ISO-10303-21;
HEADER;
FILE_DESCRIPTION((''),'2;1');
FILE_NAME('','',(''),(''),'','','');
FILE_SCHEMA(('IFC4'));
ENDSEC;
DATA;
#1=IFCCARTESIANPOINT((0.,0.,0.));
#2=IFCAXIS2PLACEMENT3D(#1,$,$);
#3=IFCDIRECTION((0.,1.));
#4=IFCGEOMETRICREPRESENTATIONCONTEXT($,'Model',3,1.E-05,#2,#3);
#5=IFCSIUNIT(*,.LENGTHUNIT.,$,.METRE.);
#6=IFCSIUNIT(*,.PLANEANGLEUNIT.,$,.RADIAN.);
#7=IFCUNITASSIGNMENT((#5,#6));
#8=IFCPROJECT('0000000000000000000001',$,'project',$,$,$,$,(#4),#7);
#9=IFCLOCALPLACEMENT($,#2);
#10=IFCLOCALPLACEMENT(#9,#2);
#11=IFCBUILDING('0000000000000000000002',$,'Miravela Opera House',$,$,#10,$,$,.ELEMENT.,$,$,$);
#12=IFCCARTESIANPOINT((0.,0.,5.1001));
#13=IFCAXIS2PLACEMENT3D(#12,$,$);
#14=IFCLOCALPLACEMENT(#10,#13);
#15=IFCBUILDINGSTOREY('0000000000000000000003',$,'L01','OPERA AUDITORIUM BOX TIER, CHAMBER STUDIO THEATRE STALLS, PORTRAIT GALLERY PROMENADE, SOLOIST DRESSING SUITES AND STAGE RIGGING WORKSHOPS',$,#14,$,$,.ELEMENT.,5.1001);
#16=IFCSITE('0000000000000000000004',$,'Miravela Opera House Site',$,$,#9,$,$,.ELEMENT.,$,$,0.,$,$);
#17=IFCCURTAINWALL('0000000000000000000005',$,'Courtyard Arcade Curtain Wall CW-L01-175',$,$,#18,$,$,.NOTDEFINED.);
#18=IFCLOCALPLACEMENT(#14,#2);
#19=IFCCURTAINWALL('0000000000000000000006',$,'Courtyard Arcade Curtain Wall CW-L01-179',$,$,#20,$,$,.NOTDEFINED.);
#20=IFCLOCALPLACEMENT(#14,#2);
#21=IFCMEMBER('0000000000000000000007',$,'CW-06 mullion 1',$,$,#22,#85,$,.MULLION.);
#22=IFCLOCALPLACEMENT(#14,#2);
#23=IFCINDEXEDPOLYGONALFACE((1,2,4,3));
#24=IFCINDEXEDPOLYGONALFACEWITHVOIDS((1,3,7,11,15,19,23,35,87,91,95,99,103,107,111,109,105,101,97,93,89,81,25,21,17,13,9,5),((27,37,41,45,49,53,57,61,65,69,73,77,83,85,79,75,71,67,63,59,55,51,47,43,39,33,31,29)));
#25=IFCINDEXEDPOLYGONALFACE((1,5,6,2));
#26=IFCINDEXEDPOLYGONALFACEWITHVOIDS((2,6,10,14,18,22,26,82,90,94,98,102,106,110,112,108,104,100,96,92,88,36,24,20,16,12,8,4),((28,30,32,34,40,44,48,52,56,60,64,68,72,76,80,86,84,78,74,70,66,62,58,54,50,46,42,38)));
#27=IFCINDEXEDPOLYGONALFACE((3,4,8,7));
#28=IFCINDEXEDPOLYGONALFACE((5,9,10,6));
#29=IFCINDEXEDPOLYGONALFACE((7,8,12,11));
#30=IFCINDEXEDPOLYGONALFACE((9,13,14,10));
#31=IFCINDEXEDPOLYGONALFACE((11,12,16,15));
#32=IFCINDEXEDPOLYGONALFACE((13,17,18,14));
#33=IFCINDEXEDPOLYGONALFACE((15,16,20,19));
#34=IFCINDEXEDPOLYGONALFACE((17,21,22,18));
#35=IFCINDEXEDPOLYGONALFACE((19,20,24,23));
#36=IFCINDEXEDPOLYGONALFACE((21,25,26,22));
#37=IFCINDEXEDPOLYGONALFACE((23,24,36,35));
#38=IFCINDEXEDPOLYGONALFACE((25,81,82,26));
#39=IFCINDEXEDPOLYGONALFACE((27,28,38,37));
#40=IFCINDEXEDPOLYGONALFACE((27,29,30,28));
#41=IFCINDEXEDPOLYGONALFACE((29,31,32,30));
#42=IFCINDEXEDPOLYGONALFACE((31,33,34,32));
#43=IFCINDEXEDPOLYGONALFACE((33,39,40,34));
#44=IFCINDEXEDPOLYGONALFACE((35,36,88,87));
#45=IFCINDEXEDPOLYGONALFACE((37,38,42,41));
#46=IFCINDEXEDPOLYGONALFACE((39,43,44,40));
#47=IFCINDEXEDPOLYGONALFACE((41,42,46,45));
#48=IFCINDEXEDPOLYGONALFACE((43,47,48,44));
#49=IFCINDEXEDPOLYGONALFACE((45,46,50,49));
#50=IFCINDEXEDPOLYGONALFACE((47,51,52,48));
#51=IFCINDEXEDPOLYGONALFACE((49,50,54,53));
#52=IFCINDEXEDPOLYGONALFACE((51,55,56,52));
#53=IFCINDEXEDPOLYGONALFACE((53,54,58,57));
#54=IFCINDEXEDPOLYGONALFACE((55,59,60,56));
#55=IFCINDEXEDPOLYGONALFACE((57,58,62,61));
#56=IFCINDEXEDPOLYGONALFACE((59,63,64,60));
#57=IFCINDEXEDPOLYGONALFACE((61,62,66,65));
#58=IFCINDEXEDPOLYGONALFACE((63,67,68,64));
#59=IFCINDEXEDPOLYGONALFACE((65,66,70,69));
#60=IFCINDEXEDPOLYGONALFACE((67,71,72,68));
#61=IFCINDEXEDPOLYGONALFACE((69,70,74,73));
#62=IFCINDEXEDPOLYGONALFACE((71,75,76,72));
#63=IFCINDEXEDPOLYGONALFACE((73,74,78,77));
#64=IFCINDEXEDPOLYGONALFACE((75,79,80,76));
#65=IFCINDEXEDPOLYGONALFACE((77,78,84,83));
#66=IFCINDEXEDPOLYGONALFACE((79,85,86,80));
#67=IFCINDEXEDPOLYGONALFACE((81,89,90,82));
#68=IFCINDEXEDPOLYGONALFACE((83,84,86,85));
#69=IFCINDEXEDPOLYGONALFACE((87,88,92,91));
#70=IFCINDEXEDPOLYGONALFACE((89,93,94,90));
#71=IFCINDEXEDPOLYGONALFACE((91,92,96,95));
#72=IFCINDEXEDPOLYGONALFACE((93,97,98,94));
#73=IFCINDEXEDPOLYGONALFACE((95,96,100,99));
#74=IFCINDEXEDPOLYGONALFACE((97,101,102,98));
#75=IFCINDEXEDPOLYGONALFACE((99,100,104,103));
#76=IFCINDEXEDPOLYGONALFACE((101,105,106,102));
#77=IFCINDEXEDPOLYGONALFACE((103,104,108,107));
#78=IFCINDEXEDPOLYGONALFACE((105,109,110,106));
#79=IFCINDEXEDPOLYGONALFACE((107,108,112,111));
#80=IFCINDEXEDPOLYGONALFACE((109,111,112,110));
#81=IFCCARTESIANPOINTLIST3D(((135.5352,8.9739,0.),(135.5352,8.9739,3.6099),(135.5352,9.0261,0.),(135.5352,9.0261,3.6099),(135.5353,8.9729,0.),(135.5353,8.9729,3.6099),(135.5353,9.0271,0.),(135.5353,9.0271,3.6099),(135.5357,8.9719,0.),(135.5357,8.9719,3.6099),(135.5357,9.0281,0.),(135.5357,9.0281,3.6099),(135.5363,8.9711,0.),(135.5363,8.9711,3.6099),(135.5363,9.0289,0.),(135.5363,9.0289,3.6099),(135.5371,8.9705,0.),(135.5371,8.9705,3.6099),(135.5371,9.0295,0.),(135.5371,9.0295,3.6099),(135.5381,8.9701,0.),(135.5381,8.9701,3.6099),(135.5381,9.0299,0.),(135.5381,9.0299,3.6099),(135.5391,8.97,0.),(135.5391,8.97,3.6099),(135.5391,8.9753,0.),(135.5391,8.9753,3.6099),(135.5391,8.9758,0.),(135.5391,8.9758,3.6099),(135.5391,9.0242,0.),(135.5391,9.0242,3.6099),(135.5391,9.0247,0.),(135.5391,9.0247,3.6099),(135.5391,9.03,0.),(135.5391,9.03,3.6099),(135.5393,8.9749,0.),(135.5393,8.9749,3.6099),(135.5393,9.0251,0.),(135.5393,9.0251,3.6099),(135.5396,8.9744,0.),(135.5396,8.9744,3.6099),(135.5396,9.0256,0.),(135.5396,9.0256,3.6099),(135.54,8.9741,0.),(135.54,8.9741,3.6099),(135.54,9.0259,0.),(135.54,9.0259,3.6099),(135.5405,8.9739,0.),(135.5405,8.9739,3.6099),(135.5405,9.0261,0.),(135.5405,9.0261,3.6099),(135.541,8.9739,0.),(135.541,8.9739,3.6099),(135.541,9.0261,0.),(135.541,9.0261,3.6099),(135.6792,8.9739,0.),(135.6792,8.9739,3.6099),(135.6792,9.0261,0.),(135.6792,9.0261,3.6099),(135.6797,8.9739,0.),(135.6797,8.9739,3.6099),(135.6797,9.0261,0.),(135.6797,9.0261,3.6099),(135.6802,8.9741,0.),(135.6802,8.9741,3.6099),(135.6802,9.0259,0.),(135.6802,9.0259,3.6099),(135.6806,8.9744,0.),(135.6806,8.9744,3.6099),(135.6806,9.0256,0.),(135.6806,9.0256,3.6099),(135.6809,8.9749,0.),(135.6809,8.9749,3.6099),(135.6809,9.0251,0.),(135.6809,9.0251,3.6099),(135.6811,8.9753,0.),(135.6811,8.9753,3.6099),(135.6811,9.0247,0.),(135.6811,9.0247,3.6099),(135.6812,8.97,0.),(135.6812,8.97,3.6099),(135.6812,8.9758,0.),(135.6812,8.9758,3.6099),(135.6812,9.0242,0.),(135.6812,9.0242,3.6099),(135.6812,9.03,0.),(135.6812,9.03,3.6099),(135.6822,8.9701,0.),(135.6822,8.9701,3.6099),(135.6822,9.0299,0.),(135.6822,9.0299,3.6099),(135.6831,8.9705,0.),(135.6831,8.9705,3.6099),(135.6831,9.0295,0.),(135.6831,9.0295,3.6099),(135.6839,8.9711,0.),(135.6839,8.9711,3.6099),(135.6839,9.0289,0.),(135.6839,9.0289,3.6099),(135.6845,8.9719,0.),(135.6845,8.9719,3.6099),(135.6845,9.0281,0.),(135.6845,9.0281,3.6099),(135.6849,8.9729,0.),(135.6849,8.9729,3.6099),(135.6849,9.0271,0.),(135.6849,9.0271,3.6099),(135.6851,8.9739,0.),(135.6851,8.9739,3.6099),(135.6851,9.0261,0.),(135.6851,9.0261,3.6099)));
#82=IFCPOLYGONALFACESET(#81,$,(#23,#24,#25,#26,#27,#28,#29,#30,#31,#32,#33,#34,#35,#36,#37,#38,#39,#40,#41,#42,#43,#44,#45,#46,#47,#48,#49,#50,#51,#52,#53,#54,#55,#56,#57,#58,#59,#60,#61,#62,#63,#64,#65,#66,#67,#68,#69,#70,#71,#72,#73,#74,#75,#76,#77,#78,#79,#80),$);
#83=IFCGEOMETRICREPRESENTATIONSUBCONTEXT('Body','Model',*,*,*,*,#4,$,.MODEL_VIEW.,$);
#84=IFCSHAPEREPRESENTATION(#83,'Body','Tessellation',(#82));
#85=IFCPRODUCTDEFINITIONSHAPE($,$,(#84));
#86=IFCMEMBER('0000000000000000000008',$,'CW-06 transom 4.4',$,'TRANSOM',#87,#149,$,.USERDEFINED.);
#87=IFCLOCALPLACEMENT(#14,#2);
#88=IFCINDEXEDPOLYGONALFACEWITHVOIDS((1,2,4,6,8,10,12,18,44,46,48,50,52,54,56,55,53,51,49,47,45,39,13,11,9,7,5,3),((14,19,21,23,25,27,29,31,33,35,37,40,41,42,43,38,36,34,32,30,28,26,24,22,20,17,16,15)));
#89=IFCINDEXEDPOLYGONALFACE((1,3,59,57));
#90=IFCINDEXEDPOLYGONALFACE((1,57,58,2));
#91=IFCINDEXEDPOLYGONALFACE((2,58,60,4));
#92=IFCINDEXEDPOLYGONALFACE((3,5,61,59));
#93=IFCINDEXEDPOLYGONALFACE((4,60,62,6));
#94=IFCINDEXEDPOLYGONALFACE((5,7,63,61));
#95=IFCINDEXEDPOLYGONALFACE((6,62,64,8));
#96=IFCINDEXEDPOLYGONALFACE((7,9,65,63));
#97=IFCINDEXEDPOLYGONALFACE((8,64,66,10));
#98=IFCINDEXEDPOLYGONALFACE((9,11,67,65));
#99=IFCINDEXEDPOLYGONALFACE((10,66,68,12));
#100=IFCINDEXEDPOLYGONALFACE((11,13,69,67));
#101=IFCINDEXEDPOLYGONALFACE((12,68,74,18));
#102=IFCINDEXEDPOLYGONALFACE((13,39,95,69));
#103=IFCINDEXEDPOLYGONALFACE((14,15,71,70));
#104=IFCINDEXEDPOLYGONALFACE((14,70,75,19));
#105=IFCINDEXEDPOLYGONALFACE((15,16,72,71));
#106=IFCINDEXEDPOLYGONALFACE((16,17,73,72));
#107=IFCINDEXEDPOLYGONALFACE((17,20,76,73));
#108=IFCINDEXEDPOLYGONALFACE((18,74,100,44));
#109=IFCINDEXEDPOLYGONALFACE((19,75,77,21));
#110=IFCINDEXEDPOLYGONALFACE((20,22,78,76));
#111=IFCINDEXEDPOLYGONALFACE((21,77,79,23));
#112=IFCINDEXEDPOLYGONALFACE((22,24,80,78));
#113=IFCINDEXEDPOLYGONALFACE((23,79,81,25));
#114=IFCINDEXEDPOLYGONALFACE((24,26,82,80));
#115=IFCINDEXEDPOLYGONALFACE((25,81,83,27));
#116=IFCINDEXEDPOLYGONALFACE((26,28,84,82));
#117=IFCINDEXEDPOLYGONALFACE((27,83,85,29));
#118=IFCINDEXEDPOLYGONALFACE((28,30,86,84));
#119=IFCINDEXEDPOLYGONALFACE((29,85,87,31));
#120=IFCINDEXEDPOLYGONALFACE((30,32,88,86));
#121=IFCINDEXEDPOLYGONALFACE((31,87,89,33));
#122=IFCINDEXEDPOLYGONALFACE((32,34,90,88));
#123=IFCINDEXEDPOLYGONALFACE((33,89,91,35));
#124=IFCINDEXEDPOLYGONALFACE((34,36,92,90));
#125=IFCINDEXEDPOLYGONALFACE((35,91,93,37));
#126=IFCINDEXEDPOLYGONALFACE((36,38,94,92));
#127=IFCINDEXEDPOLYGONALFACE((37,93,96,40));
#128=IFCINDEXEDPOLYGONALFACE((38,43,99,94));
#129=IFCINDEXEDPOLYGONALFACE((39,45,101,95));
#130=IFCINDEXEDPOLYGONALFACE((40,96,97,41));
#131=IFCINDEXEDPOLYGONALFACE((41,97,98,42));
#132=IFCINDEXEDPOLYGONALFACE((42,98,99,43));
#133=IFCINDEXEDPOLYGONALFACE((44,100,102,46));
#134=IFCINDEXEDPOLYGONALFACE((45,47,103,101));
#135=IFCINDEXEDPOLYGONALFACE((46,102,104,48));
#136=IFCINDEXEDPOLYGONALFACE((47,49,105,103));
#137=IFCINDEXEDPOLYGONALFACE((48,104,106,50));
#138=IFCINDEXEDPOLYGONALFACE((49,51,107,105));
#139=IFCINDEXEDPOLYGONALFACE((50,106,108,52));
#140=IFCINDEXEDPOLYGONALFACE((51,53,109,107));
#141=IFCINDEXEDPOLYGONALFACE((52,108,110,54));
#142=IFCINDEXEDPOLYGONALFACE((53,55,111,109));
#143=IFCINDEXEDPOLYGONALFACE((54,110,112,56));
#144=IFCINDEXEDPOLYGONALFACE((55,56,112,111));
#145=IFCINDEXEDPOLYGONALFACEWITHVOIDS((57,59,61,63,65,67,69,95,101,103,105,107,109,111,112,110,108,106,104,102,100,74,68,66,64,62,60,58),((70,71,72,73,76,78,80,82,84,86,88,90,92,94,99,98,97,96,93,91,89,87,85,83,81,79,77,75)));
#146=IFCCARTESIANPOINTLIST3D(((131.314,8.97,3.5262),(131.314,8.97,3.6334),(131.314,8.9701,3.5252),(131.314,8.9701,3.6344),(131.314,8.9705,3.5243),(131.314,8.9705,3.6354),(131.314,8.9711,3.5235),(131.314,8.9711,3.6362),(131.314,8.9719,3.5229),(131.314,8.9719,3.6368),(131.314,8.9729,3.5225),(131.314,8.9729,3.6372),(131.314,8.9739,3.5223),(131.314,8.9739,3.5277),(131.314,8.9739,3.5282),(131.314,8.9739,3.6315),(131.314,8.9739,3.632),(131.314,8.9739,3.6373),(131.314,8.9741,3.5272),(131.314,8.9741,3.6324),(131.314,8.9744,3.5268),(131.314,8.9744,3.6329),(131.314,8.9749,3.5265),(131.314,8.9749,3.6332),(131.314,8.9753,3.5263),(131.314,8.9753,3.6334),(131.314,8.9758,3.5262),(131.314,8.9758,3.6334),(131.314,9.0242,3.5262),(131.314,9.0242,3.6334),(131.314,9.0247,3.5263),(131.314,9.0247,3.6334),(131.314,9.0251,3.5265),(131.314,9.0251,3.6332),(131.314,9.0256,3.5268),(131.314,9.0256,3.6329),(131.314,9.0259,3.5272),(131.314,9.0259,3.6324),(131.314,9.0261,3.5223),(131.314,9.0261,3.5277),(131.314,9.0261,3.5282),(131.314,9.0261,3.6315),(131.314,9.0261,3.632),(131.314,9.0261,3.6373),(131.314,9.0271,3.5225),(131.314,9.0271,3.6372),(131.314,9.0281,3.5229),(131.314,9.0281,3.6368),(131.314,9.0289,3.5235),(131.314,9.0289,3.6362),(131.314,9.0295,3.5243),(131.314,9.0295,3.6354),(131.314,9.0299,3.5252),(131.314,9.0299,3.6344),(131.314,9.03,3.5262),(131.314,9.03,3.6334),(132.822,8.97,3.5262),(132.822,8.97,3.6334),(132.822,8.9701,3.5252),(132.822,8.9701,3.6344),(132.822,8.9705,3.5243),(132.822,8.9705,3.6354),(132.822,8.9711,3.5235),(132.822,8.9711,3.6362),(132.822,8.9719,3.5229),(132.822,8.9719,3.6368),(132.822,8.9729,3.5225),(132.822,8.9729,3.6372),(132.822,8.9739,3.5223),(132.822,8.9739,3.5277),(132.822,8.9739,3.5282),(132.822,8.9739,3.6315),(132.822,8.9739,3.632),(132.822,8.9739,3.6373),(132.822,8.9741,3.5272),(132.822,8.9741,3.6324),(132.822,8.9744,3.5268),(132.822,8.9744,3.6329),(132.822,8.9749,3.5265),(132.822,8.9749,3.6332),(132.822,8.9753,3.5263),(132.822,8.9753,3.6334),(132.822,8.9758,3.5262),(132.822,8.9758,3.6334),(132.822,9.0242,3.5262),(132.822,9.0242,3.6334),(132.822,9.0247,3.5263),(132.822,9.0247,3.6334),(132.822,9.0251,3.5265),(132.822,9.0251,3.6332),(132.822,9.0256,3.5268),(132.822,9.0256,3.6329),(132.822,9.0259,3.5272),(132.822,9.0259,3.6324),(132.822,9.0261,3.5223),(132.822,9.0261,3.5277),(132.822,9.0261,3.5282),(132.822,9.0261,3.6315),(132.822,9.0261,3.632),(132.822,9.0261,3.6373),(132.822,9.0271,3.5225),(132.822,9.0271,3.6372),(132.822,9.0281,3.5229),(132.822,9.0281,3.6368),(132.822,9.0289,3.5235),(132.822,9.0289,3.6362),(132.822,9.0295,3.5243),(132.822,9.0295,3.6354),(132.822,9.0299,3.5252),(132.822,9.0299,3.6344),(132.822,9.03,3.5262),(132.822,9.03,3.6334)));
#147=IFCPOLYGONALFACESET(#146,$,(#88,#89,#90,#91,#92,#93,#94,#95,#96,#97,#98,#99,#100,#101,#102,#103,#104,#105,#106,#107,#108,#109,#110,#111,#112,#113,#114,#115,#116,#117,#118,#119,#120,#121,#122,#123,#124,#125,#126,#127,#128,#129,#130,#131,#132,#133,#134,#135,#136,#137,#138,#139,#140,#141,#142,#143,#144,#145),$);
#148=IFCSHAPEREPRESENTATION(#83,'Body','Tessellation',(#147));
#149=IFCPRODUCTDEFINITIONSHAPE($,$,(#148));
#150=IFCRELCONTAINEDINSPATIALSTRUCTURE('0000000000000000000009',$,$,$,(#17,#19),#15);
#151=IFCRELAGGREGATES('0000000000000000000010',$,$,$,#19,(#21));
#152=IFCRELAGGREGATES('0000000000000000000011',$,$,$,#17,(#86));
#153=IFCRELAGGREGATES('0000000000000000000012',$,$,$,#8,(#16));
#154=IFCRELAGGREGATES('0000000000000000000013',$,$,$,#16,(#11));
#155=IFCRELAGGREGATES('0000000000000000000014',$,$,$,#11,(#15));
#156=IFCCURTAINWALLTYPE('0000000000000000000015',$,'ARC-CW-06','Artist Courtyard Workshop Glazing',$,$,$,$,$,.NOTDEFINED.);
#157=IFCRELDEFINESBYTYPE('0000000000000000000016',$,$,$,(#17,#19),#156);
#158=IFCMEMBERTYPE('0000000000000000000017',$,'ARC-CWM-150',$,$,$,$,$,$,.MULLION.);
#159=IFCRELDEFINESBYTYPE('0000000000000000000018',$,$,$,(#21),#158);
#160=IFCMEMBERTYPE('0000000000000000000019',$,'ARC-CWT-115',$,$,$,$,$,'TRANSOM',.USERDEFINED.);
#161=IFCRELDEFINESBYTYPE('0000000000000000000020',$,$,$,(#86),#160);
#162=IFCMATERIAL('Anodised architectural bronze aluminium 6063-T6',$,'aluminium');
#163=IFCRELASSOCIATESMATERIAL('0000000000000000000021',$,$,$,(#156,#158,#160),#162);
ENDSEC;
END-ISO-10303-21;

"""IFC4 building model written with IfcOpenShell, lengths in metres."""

from ifc_helpers import new_model, si_unit, direction, frame, origin, origin_2d, place, context, subcontext, project, spatial, hollow_rectangle, extrude, material, material_profile, profile_set, type_object, element, aggregate, save


model = new_model("IFC4")

# Units and contexts
model_context = context("Model", 3, precision=1e-05, world=origin(), true_north=direction((0.0, 1.0)))
body_context = subcontext(model_context, "Body", "Model", "MODEL_VIEW")
ifc_project = project(units=[si_unit("LENGTHUNIT", "METRE"), si_unit("PLANEANGLEUNIT", "RADIAN")], contexts=[model_context])

# Site, building, storey
site_placement = place(None, origin())
site = spatial("IfcSite", under=ifc_project, at=site_placement, Name="Miravela Opera House Site", CompositionType="ELEMENT", RefElevation=0.0)
building_placement = place(site_placement, origin())
building = spatial("IfcBuilding", under=site, at=building_placement, Name="Miravela Opera House", CompositionType="ELEMENT")
storey_placement = place(building_placement, frame((0.0, 0.0, 5.1001)))
storey = spatial("IfcBuildingStorey", under=building, at=storey_placement, Name="L01", Description="OPERA AUDITORIUM BOX TIER, CHAMBER STUDIO THEATRE STALLS, PORTRAIT GALLERY PROMENADE, SOLOIST DRESSING SUITES AND STAGE RIGGING WORKSHOPS", CompositionType="ELEMENT", Elevation=5.1001)

# Curtain wall
ifc_material_1 = material(Name="Anodised architectural bronze aluminium 6063-T6", Category="aluminium")
curtain_wall_type = type_object("IfcCurtainWallType", Name="ARC-CW-06", Description="Artist Courtyard Workshop Glazing", PredefinedType="NOTDEFINED", material=ifc_material_1)
curtain_wall_1_placement = place(storey_placement, origin())
curtain_wall_1 = element("IfcCurtainWall", 1, at=curtain_wall_1_placement, inside=storey, type_object=curtain_wall_type, Name="Courtyard Arcade Curtain Wall CW-L01-175", PredefinedType="NOTDEFINED")
ifc_material_profile_1 = material_profile(ifc_material_1, hollow_rectangle(XDim=0.0601, YDim=0.1499, WallThickness=0.0039, InnerFilletRadius=0.002, OuterFilletRadius=0.0039, at=origin_2d()), Name="CWM-60X150")
ifc_profile_set_1 = profile_set([ifc_material_profile_1])
member_type_1 = type_object("IfcMemberType", Name="ARC-CWM-150", PredefinedType="MULLION", material=ifc_profile_set_1)

# Curtain wall, member
curtain_wall_2_placement = place(storey_placement, origin())
curtain_wall_2 = element("IfcCurtainWall", 2, at=curtain_wall_2_placement, inside=storey, type_object=curtain_wall_type, Name="Courtyard Arcade Curtain Wall CW-L01-179", PredefinedType="NOTDEFINED")
member_1_placement = place(storey_placement, frame((135.6101, 9.0, 0.0), z_axis=(0.0, 0.0, 1.0), x_axis=(0.0, 1.0, 0.0)))
member_1 = element("IfcMember", 3, at=member_1_placement, type_object=member_type_1, Name="CW-06 mullion 1", PredefinedType="MULLION", context=body_context, shape_type="SweptSolid", body=[
    extrude(hollow_rectangle(XDim=0.0601, YDim=0.1499, WallThickness=0.0039, InnerFilletRadius=0.002, OuterFilletRadius=0.0039, at=origin_2d()), origin(), (0.0, 0.0, 1.0), 3.6099),
])

# Member
ifc_material_profile_2 = material_profile(ifc_material_1, hollow_rectangle(XDim=0.0601, YDim=0.115, WallThickness=0.0039, InnerFilletRadius=0.002, OuterFilletRadius=0.0039, at=origin_2d()), Name="CWT-60X115")
ifc_profile_set_2 = profile_set([ifc_material_profile_2])
member_type_2 = type_object("IfcMemberType", Name="ARC-CWT-115", ElementType="TRANSOM", PredefinedType="USERDEFINED", material=ifc_profile_set_2)
member_2_placement = place(storey_placement, frame((131.314, 9.0, 3.5798), z_axis=(1.0, 0.0, 0.0), x_axis=(0.0, 1.0, 0.0)))
member_2 = element("IfcMember", 4, at=member_2_placement, type_object=member_type_2, Name="CW-06 transom 4.4", ObjectType="TRANSOM", PredefinedType="USERDEFINED", context=body_context, shape_type="SweptSolid", body=[
    extrude(hollow_rectangle(XDim=0.0601, YDim=0.115, WallThickness=0.0039, InnerFilletRadius=0.002, OuterFilletRadius=0.0039, at=origin_2d()), origin(), (0.0, 0.0, 1.0), 1.5081),
])
aggregate(curtain_wall_2, [member_1])

aggregate(curtain_wall_1, [member_2])

save(model, "model.ifc")
